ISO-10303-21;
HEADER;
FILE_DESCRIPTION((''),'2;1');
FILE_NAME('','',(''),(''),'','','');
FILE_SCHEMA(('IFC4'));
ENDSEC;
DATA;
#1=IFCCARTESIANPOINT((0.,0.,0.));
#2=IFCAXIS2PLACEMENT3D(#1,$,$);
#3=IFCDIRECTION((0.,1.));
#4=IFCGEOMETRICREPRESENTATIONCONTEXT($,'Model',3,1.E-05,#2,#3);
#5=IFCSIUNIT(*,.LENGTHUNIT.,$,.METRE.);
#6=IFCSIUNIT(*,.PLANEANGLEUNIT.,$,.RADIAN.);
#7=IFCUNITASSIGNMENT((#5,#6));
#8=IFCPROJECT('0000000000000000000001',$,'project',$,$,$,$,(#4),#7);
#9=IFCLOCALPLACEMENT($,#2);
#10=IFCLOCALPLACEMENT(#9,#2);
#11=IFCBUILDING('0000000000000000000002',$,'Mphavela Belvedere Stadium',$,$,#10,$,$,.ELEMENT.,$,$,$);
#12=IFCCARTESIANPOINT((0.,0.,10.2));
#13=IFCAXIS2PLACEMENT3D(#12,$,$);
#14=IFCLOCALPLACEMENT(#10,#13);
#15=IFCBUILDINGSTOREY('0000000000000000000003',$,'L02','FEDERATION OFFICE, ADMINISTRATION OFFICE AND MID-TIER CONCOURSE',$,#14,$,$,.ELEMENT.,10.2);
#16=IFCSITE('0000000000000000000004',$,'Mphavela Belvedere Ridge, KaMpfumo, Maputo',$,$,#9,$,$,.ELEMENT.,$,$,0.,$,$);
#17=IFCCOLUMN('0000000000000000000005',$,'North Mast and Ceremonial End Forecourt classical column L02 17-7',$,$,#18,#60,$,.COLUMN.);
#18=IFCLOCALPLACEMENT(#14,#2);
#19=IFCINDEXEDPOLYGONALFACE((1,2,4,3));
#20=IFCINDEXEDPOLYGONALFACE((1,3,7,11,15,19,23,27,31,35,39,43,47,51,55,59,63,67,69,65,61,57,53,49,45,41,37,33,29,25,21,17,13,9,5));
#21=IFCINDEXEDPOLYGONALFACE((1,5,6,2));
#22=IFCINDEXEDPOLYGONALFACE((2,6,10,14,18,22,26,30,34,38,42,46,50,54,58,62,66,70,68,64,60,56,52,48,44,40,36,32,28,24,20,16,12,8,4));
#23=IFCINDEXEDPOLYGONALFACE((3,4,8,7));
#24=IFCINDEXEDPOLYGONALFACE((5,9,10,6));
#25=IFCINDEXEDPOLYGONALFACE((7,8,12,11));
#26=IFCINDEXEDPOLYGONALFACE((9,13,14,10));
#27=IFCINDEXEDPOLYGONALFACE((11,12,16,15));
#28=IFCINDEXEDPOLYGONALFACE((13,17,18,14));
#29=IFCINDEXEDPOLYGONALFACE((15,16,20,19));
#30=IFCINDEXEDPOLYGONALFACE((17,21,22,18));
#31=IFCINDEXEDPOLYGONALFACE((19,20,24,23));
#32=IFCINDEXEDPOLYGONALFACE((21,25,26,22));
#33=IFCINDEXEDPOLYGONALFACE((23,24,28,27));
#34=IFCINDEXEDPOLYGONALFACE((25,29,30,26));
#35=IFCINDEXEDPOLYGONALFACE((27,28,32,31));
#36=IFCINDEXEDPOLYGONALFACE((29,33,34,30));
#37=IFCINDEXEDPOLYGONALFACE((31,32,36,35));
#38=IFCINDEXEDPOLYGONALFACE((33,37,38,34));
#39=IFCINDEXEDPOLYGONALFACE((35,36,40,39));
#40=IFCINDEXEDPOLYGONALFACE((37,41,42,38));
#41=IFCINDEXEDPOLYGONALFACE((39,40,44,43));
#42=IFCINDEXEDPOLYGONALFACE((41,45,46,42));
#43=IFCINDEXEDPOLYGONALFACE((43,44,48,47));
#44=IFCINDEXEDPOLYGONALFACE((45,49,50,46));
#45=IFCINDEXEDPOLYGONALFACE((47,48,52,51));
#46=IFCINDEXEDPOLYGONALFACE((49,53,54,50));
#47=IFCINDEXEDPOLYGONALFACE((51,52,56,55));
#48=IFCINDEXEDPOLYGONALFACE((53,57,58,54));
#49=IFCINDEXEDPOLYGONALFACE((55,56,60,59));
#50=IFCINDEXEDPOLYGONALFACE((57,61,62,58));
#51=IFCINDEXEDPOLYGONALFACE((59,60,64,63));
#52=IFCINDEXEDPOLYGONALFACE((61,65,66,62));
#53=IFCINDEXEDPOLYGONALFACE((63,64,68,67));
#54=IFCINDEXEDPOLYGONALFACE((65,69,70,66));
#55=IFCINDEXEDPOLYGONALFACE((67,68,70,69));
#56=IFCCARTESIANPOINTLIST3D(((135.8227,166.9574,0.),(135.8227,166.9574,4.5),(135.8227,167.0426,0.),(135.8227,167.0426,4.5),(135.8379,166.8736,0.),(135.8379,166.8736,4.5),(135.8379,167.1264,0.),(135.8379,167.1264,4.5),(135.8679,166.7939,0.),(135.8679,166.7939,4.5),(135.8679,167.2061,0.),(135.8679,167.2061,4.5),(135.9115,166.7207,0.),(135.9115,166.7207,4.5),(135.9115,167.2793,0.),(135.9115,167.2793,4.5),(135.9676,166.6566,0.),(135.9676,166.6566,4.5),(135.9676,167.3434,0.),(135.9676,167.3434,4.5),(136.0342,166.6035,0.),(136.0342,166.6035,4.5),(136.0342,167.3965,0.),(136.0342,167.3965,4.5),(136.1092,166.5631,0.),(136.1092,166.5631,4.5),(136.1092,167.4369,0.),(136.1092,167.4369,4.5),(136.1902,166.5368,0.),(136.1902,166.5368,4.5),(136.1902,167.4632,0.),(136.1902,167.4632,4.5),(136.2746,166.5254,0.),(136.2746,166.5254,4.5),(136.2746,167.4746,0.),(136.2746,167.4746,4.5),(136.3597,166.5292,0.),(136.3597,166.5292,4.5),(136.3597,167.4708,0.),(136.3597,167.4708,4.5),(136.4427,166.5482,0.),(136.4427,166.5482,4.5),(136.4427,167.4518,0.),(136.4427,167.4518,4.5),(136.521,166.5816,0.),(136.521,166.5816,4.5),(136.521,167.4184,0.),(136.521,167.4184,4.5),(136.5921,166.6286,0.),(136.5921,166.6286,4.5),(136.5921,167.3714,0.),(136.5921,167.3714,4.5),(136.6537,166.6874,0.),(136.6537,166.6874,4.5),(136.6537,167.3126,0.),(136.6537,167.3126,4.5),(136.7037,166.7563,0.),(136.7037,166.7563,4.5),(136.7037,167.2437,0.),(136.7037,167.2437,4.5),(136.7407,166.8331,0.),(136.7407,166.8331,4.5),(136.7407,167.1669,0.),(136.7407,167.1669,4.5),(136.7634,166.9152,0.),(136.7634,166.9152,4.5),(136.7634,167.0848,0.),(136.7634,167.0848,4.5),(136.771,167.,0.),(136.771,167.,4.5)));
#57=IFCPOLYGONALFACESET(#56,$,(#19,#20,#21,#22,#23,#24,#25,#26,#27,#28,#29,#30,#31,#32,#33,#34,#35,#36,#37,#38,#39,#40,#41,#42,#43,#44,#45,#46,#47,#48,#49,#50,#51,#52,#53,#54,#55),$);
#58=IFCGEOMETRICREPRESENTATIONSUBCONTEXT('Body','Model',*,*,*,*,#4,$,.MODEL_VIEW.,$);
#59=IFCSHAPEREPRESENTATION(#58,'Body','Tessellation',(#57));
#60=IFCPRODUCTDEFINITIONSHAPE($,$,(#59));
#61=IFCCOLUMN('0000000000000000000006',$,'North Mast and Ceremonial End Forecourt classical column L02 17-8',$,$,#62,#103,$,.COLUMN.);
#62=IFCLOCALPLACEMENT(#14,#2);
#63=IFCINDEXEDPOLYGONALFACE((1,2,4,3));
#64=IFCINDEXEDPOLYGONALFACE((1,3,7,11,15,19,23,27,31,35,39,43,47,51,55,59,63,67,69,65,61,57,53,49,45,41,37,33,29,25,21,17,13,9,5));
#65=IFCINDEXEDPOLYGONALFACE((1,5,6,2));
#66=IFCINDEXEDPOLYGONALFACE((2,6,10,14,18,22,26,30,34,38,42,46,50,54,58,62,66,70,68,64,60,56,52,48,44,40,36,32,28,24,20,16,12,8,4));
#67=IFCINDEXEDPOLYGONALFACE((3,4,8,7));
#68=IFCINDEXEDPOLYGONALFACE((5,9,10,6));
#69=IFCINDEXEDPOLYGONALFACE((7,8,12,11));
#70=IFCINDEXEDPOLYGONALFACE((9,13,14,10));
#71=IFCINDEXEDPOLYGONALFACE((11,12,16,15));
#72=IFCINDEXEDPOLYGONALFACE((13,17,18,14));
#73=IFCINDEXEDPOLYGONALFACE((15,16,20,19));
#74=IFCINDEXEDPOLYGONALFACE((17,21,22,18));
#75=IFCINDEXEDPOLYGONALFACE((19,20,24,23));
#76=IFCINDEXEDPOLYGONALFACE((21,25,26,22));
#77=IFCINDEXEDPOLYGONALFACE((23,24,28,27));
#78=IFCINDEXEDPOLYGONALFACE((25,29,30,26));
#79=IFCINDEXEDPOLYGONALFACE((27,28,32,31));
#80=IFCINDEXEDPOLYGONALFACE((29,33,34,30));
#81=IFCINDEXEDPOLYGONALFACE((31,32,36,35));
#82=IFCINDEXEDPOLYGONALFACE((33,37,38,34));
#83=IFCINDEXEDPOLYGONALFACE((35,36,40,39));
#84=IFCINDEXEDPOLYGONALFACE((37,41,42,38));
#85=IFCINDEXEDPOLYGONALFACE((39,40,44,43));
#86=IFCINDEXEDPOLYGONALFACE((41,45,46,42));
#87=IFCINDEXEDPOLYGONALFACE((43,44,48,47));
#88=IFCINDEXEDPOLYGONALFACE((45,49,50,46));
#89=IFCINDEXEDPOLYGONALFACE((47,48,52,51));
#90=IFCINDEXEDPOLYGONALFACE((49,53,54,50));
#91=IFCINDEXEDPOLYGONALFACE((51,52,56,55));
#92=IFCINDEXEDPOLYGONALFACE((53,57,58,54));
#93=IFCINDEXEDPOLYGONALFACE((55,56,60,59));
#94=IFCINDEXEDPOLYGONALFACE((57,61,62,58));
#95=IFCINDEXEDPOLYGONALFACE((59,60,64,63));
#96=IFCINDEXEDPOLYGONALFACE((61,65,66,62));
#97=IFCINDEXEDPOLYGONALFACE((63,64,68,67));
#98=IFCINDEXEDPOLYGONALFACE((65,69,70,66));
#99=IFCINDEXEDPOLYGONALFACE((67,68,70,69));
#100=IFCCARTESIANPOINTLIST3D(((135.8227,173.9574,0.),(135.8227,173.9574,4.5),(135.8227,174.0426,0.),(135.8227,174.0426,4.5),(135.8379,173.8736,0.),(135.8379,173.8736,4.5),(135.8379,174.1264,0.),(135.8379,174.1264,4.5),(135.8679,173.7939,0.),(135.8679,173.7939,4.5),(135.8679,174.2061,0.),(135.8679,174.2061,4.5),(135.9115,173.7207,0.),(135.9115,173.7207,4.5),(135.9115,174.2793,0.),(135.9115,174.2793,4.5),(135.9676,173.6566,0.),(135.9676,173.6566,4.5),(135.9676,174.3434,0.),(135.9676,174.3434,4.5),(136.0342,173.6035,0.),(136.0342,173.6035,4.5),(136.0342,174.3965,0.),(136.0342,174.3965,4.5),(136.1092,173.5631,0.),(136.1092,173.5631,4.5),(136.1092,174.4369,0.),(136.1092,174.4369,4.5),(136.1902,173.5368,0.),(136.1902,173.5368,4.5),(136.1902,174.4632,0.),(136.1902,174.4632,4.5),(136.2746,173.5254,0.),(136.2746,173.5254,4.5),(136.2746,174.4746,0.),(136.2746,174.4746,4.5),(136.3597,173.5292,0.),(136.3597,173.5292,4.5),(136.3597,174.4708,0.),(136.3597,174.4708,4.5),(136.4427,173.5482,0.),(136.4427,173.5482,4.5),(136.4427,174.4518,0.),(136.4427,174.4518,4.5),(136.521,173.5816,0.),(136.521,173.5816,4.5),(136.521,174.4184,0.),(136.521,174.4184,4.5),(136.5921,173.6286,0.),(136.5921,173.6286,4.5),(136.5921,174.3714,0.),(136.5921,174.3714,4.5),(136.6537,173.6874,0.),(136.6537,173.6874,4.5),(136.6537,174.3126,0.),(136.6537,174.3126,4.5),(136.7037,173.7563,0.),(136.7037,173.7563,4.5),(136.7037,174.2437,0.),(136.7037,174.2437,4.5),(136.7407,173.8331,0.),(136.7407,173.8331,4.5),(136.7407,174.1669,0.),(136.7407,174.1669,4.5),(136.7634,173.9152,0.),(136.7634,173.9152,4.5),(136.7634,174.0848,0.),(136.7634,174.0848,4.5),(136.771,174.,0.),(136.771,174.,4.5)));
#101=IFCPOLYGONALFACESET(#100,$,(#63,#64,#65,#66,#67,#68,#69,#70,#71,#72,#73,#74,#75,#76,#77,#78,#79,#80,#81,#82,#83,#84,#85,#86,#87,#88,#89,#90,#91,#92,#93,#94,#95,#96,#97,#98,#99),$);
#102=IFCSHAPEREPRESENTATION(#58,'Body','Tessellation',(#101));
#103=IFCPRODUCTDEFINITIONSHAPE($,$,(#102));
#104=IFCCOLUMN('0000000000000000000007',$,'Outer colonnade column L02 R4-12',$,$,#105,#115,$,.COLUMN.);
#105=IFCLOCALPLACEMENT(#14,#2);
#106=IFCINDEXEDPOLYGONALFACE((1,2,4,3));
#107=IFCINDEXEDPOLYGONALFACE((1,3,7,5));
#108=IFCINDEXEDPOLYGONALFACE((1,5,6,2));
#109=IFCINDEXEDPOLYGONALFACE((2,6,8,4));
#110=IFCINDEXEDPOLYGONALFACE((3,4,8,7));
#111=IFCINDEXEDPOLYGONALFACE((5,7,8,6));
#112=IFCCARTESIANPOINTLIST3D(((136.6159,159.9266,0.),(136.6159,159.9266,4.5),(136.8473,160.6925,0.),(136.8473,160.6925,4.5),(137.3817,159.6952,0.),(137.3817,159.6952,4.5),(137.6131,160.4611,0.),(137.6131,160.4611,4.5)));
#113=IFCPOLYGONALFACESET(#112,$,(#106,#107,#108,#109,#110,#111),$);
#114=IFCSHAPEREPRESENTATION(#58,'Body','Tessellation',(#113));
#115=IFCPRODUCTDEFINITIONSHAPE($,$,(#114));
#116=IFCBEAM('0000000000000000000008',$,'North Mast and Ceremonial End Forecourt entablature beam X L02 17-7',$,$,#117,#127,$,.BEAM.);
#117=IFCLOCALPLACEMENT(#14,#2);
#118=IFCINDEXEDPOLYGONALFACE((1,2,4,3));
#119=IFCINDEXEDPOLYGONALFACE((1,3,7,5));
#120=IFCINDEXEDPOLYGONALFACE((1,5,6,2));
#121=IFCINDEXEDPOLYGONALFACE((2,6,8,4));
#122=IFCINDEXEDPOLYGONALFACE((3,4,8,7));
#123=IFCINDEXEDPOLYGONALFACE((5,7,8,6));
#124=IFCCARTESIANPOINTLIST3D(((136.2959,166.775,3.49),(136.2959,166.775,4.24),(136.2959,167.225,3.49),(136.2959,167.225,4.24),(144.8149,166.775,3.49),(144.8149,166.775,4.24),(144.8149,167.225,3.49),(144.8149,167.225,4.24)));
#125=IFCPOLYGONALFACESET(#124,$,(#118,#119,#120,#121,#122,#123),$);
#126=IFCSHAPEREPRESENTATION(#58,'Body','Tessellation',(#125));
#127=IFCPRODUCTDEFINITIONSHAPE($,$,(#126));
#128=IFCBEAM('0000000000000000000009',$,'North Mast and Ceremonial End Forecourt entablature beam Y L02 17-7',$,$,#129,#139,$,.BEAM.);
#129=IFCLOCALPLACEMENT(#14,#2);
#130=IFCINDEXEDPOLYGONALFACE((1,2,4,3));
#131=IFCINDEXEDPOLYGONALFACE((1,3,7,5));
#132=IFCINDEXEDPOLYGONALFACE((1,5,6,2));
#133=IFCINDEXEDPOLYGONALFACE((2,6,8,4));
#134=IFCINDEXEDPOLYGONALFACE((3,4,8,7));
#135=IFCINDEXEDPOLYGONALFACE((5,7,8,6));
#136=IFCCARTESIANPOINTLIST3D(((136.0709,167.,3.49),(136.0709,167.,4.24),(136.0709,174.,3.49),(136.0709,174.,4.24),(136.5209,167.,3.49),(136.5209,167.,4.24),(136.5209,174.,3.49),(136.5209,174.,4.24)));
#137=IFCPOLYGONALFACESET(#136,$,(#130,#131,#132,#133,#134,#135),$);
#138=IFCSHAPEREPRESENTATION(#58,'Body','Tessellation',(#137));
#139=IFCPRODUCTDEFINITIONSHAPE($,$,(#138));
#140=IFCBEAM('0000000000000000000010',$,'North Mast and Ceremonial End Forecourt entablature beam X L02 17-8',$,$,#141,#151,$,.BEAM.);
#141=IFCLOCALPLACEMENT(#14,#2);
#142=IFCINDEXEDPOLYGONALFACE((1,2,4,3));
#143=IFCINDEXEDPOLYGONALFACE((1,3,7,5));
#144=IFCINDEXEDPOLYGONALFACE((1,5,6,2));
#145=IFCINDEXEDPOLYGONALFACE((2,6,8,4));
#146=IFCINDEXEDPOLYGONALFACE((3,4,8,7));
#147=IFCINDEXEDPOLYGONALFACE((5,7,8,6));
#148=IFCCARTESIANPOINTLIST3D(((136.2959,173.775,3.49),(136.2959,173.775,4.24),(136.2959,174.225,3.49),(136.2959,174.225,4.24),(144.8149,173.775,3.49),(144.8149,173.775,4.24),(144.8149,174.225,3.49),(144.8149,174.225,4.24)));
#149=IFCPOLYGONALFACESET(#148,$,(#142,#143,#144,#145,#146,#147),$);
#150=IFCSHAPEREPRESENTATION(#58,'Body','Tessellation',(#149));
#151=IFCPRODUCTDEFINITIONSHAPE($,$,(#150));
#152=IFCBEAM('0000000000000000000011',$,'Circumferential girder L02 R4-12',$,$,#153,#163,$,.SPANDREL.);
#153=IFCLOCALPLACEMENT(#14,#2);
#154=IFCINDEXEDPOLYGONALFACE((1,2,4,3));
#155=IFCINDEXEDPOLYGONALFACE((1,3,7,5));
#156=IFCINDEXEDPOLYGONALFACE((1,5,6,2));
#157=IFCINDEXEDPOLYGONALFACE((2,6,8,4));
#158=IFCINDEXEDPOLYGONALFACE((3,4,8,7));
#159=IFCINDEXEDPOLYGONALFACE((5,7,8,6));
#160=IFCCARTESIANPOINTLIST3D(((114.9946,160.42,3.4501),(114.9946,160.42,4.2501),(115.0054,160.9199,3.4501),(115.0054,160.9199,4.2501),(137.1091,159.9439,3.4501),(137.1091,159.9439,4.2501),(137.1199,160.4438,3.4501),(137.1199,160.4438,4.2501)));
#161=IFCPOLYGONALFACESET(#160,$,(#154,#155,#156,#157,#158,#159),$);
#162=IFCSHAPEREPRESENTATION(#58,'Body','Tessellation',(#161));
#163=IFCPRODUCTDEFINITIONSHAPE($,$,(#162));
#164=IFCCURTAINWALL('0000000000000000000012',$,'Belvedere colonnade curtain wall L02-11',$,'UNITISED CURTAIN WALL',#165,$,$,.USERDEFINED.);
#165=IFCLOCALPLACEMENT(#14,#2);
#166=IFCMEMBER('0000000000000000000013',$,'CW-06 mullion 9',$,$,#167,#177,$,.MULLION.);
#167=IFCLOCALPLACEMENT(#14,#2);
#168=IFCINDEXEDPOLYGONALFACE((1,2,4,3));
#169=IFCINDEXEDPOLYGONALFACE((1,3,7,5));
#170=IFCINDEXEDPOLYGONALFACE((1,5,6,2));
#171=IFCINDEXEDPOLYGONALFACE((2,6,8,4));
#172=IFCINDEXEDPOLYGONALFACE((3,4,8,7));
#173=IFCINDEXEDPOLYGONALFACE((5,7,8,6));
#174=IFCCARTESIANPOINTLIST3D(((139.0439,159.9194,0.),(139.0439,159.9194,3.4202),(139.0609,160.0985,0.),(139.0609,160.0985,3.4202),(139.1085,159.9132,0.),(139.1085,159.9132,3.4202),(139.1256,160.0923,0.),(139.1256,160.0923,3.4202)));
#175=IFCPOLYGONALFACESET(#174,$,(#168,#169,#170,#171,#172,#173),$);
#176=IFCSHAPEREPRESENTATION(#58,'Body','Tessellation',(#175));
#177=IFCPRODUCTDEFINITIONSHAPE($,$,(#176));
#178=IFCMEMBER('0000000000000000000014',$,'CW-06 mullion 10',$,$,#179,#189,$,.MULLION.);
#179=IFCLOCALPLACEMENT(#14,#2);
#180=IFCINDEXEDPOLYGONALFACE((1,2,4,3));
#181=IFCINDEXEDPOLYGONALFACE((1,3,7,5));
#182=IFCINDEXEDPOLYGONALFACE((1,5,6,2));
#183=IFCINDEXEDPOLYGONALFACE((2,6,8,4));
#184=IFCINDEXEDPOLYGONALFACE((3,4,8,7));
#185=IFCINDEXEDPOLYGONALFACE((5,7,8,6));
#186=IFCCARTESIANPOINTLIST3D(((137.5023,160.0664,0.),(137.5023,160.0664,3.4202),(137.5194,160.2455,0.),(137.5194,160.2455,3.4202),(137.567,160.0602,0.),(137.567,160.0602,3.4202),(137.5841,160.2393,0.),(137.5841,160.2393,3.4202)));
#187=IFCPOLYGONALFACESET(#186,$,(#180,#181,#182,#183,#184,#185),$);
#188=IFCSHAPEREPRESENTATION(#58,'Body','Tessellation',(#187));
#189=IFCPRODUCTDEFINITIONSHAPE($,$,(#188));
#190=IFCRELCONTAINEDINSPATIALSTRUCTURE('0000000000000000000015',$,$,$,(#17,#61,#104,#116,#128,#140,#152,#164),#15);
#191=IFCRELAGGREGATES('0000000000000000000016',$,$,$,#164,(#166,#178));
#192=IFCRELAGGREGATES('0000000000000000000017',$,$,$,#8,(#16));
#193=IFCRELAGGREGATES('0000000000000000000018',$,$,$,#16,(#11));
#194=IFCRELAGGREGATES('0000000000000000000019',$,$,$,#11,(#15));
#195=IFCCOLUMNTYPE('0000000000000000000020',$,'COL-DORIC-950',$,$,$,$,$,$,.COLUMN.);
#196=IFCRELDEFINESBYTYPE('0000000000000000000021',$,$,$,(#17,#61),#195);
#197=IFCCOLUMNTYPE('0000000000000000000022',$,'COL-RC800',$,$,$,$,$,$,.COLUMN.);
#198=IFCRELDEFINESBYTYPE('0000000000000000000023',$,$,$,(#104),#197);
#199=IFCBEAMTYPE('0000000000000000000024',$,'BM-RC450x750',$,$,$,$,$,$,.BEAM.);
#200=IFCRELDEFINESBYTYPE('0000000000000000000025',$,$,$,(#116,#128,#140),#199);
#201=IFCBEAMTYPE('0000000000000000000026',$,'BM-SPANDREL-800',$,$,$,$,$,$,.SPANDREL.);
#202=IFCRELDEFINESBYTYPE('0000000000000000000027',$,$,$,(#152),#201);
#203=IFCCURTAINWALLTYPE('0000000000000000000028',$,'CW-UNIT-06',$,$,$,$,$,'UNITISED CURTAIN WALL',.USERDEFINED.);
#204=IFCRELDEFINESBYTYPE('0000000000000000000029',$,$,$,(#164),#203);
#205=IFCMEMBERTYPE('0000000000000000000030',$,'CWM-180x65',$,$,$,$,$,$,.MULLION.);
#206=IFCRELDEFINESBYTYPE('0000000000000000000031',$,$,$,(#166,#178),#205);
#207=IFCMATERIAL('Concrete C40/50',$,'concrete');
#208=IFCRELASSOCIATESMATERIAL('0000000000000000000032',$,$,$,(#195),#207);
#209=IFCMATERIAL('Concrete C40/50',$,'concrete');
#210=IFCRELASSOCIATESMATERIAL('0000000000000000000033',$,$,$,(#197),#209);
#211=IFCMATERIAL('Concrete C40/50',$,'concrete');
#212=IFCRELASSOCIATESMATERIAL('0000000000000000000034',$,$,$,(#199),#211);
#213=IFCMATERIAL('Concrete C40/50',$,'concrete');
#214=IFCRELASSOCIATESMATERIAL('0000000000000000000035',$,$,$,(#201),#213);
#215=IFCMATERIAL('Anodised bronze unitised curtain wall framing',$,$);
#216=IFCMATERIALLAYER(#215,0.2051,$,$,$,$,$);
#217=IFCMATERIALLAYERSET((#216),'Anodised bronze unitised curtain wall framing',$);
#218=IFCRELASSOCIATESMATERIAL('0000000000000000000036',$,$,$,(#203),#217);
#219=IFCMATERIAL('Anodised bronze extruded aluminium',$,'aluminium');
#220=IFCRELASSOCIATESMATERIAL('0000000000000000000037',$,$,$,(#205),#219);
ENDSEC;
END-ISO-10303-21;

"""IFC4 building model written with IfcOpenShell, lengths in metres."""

from ifc_helpers import new_model, si_unit, direction, frame, origin, origin_2d, place, context, subcontext, project, spatial, rectangle, circle, extrude, material, layer, layer_set, material_profile, profile_set, type_object, element, aggregate, save


model = new_model("IFC4")

# Units and contexts
model_context = context("Model", 3, precision=1e-05, world=origin(), true_north=direction((0.0, 1.0)))
body_context = subcontext(model_context, "Body", "Model", "MODEL_VIEW")
ifc_project = project(units=[si_unit("LENGTHUNIT", "METRE"), si_unit("PLANEANGLEUNIT", "RADIAN")], contexts=[model_context])

# Site, building, storey
site_placement = place(None, origin())
site = spatial("IfcSite", under=ifc_project, at=site_placement, Name="Mphavela Belvedere Ridge, KaMpfumo, Maputo", CompositionType="ELEMENT", RefElevation=0.0)
building_placement = place(site_placement, origin())
building = spatial("IfcBuilding", under=site, at=building_placement, Name="Mphavela Belvedere Stadium", CompositionType="ELEMENT")
storey_placement = place(building_placement, frame((0.0, 0.0, 10.2)))
storey = spatial("IfcBuildingStorey", under=building, at=storey_placement, Name="L02", Description="FEDERATION OFFICE, ADMINISTRATION OFFICE AND MID-TIER CONCOURSE", CompositionType="ELEMENT", Elevation=10.2)

# Columns
ifc_material_1 = material(Name="Concrete C40/50", Category="concrete")
ifc_material_profile_1 = material_profile(ifc_material_1, circle(Radius=0.4751, at=origin_2d()), Name="COL D950")
ifc_profile_set_1 = profile_set([ifc_material_profile_1], Name="Concrete C40/50")
column_type_1 = type_object("IfcColumnType", Name="COL-DORIC-950", PredefinedType="COLUMN", material=ifc_profile_set_1)
for number, where, z_axis, x_axis, name in (
    (1, (136.2959, 167.0, 0.0), (0.0, 0.0, 1.0), (1.0, 0.0, 0.0), "North Mast and Ceremonial End Forecourt classical column L02 17-7"),
    (2, (136.2959, 174.0, 0.0), (0.0, 0.0, 1.0), (1.0, 0.0, 0.0), "North Mast and Ceremonial End Forecourt classical column L02 17-8"),
):
    element("IfcColumn", number, at=place(storey_placement, frame(where, z_axis=z_axis, x_axis=x_axis)), inside=storey, type_object=column_type_1, Name=name, PredefinedType="COLUMN", context=body_context, shape_type="SweptSolid", body=[
        extrude(circle(Radius=0.4751, at=origin_2d()), origin(), (0.0, 0.0, 1.0), 4.5),
    ])
ifc_material_2 = material(Name="Concrete C40/50", Category="concrete")
ifc_material_profile_2 = material_profile(ifc_material_2, rectangle(XDim=0.8, YDim=0.8, at=origin_2d()), Name="RC 800x800")
ifc_profile_set_2 = profile_set([ifc_material_profile_2], Name="Concrete C40/50")
column_type_2 = type_object("IfcColumnType", Name="COL-RC800", PredefinedType="COLUMN", material=ifc_profile_set_2)
column_placement = place(storey_placement, frame((137.1145, 160.1938, 0.0), z_axis=(0.0, 0.0, 1.0), x_axis=(0.289199, 0.957269, 0.0)))
element("IfcColumn", 3, at=column_placement, inside=storey, type_object=column_type_2, Name="Outer colonnade column L02 R4-12", PredefinedType="COLUMN", context=body_context, shape_type="SweptSolid", body=[
    extrude(rectangle(XDim=0.8, YDim=0.8, at=origin_2d()), origin(), (0.0, 0.0, 1.0), 4.5),
])

# Beams
ifc_material_3 = material(Name="Concrete C40/50", Category="concrete")
ifc_material_profile_3 = material_profile(ifc_material_3, rectangle(XDim=0.45, YDim=0.75, at=origin_2d()), Name="RC 450x750")
ifc_profile_set_3 = profile_set([ifc_material_profile_3], Name="Concrete C40/50")
beam_type_1 = type_object("IfcBeamType", Name="BM-RC450x750", PredefinedType="BEAM", material=ifc_profile_set_3)
beam_1_placement = place(storey_placement, frame((136.2959, 167.0, 3.865), z_axis=(1.0, 0.0, 0.0), x_axis=(0.0, 1.0, 0.0)))
element("IfcBeam", 4, at=beam_1_placement, inside=storey, type_object=beam_type_1, Name="North Mast and Ceremonial End Forecourt entablature beam X L02 17-7", PredefinedType="BEAM", context=body_context, shape_type="SweptSolid", body=[
    extrude(rectangle(XDim=0.45, YDim=0.75, at=origin_2d()), origin(), (0.0, 0.0, 1.0), 8.519),
])
beam_2_placement = place(storey_placement, frame((136.2959, 167.0, 3.865), z_axis=(0.0, 1.0, 0.0), x_axis=(-1.0, 0.0, 0.0)))
element("IfcBeam", 5, at=beam_2_placement, inside=storey, type_object=beam_type_1, Name="North Mast and Ceremonial End Forecourt entablature beam Y L02 17-7", PredefinedType="BEAM", context=body_context, shape_type="SweptSolid", body=[
    extrude(rectangle(XDim=0.45, YDim=0.75, at=origin_2d()), origin(), (0.0, 0.0, 1.0), 7.0),
])
beam_3_placement = place(storey_placement, frame((136.2959, 174.0, 3.865), z_axis=(1.0, 0.0, 0.0), x_axis=(0.0, 1.0, 0.0)))
element("IfcBeam", 6, at=beam_3_placement, inside=storey, type_object=beam_type_1, Name="North Mast and Ceremonial End Forecourt entablature beam X L02 17-8", PredefinedType="BEAM", context=body_context, shape_type="SweptSolid", body=[
    extrude(rectangle(XDim=0.45, YDim=0.75, at=origin_2d()), origin(), (0.0, 0.0, 1.0), 8.519),
])
ifc_material_4 = material(Name="Concrete C40/50", Category="concrete")
ifc_material_profile_4 = material_profile(ifc_material_4, rectangle(XDim=0.5, YDim=0.8, at=origin_2d()), Name="RC 500x800")
ifc_profile_set_4 = profile_set([ifc_material_profile_4], Name="Concrete C40/50")
beam_type_2 = type_object("IfcBeamType", Name="BM-SPANDREL-800", PredefinedType="SPANDREL", material=ifc_profile_set_4)
beam_4_placement = place(storey_placement, frame((137.1145, 160.1938, 3.8501), z_axis=(-0.999768, 0.021523, 0.0), x_axis=(-0.021523, -0.999768, 0.0)))
element("IfcBeam", 7, at=beam_4_placement, inside=storey, type_object=beam_type_2, Name="Circumferential girder L02 R4-12", PredefinedType="SPANDREL", context=body_context, shape_type="SweptSolid", body=[
    extrude(rectangle(XDim=0.5, YDim=0.8, at=origin_2d()), origin(), (0.0, 0.0, 1.0), 22.1196),
])

# Curtain wall, members
ifc_material_5 = material(Name="Anodised bronze unitised curtain wall framing")
ifc_layer_1 = layer(ifc_material_5, 0.2051)
ifc_layer_set_1 = layer_set([ifc_layer_1], Name="Anodised bronze unitised curtain wall framing")
curtain_wall_type_1 = type_object("IfcCurtainWallType", Name="CW-UNIT-06", ElementType="UNITISED CURTAIN WALL", PredefinedType="USERDEFINED", material=ifc_layer_set_1)
curtain_wall_1_placement = place(storey_placement, origin())
curtain_wall_1 = element("IfcCurtainWall", 8, at=curtain_wall_1_placement, inside=storey, type_object=curtain_wall_type_1, Name="Belvedere colonnade curtain wall L02-11", ObjectType="UNITISED CURTAIN WALL", PredefinedType="USERDEFINED")
ifc_material_6 = material(Name="Anodised bronze extruded aluminium", Category="aluminium")
ifc_material_profile_5 = material_profile(ifc_material_6, rectangle(XDim=0.1799, YDim=0.0649, at=origin_2d()), Name="CW-MUL 180x65")
ifc_profile_set_5 = profile_set([ifc_material_profile_5], Name="Anodised bronze extruded aluminium")
member_type_1 = type_object("IfcMemberType", Name="CWM-180x65", PredefinedType="MULLION", material=ifc_profile_set_5)
member_1_placement = place(storey_placement, frame((139.0847, 160.0059, 0.0), z_axis=(0.0, 0.0, 1.0), x_axis=(-0.094926, -0.995484, 0.0)))
member_1 = element("IfcMember", 9, at=member_1_placement, type_object=member_type_1, Name="CW-06 mullion 9", PredefinedType="MULLION", context=body_context, shape_type="SweptSolid", body=[
    extrude(rectangle(XDim=0.1799, YDim=0.0649, at=origin_2d()), origin(), (0.0, 0.0, 1.0), 3.4202),
])
member_2_placement = place(storey_placement, frame((137.5432, 160.1528, 0.0), z_axis=(0.0, 0.0, 1.0), x_axis=(-0.094926, -0.995484, 0.0)))
member_2 = element("IfcMember", 10, at=member_2_placement, type_object=member_type_1, Name="CW-06 mullion 10", PredefinedType="MULLION", context=body_context, shape_type="SweptSolid", body=[
    extrude(rectangle(XDim=0.1799, YDim=0.0649, at=origin_2d()), origin(), (0.0, 0.0, 1.0), 3.4202),
])

aggregate(curtain_wall_1, [member_1, member_2])

save(model, "model.ifc")
